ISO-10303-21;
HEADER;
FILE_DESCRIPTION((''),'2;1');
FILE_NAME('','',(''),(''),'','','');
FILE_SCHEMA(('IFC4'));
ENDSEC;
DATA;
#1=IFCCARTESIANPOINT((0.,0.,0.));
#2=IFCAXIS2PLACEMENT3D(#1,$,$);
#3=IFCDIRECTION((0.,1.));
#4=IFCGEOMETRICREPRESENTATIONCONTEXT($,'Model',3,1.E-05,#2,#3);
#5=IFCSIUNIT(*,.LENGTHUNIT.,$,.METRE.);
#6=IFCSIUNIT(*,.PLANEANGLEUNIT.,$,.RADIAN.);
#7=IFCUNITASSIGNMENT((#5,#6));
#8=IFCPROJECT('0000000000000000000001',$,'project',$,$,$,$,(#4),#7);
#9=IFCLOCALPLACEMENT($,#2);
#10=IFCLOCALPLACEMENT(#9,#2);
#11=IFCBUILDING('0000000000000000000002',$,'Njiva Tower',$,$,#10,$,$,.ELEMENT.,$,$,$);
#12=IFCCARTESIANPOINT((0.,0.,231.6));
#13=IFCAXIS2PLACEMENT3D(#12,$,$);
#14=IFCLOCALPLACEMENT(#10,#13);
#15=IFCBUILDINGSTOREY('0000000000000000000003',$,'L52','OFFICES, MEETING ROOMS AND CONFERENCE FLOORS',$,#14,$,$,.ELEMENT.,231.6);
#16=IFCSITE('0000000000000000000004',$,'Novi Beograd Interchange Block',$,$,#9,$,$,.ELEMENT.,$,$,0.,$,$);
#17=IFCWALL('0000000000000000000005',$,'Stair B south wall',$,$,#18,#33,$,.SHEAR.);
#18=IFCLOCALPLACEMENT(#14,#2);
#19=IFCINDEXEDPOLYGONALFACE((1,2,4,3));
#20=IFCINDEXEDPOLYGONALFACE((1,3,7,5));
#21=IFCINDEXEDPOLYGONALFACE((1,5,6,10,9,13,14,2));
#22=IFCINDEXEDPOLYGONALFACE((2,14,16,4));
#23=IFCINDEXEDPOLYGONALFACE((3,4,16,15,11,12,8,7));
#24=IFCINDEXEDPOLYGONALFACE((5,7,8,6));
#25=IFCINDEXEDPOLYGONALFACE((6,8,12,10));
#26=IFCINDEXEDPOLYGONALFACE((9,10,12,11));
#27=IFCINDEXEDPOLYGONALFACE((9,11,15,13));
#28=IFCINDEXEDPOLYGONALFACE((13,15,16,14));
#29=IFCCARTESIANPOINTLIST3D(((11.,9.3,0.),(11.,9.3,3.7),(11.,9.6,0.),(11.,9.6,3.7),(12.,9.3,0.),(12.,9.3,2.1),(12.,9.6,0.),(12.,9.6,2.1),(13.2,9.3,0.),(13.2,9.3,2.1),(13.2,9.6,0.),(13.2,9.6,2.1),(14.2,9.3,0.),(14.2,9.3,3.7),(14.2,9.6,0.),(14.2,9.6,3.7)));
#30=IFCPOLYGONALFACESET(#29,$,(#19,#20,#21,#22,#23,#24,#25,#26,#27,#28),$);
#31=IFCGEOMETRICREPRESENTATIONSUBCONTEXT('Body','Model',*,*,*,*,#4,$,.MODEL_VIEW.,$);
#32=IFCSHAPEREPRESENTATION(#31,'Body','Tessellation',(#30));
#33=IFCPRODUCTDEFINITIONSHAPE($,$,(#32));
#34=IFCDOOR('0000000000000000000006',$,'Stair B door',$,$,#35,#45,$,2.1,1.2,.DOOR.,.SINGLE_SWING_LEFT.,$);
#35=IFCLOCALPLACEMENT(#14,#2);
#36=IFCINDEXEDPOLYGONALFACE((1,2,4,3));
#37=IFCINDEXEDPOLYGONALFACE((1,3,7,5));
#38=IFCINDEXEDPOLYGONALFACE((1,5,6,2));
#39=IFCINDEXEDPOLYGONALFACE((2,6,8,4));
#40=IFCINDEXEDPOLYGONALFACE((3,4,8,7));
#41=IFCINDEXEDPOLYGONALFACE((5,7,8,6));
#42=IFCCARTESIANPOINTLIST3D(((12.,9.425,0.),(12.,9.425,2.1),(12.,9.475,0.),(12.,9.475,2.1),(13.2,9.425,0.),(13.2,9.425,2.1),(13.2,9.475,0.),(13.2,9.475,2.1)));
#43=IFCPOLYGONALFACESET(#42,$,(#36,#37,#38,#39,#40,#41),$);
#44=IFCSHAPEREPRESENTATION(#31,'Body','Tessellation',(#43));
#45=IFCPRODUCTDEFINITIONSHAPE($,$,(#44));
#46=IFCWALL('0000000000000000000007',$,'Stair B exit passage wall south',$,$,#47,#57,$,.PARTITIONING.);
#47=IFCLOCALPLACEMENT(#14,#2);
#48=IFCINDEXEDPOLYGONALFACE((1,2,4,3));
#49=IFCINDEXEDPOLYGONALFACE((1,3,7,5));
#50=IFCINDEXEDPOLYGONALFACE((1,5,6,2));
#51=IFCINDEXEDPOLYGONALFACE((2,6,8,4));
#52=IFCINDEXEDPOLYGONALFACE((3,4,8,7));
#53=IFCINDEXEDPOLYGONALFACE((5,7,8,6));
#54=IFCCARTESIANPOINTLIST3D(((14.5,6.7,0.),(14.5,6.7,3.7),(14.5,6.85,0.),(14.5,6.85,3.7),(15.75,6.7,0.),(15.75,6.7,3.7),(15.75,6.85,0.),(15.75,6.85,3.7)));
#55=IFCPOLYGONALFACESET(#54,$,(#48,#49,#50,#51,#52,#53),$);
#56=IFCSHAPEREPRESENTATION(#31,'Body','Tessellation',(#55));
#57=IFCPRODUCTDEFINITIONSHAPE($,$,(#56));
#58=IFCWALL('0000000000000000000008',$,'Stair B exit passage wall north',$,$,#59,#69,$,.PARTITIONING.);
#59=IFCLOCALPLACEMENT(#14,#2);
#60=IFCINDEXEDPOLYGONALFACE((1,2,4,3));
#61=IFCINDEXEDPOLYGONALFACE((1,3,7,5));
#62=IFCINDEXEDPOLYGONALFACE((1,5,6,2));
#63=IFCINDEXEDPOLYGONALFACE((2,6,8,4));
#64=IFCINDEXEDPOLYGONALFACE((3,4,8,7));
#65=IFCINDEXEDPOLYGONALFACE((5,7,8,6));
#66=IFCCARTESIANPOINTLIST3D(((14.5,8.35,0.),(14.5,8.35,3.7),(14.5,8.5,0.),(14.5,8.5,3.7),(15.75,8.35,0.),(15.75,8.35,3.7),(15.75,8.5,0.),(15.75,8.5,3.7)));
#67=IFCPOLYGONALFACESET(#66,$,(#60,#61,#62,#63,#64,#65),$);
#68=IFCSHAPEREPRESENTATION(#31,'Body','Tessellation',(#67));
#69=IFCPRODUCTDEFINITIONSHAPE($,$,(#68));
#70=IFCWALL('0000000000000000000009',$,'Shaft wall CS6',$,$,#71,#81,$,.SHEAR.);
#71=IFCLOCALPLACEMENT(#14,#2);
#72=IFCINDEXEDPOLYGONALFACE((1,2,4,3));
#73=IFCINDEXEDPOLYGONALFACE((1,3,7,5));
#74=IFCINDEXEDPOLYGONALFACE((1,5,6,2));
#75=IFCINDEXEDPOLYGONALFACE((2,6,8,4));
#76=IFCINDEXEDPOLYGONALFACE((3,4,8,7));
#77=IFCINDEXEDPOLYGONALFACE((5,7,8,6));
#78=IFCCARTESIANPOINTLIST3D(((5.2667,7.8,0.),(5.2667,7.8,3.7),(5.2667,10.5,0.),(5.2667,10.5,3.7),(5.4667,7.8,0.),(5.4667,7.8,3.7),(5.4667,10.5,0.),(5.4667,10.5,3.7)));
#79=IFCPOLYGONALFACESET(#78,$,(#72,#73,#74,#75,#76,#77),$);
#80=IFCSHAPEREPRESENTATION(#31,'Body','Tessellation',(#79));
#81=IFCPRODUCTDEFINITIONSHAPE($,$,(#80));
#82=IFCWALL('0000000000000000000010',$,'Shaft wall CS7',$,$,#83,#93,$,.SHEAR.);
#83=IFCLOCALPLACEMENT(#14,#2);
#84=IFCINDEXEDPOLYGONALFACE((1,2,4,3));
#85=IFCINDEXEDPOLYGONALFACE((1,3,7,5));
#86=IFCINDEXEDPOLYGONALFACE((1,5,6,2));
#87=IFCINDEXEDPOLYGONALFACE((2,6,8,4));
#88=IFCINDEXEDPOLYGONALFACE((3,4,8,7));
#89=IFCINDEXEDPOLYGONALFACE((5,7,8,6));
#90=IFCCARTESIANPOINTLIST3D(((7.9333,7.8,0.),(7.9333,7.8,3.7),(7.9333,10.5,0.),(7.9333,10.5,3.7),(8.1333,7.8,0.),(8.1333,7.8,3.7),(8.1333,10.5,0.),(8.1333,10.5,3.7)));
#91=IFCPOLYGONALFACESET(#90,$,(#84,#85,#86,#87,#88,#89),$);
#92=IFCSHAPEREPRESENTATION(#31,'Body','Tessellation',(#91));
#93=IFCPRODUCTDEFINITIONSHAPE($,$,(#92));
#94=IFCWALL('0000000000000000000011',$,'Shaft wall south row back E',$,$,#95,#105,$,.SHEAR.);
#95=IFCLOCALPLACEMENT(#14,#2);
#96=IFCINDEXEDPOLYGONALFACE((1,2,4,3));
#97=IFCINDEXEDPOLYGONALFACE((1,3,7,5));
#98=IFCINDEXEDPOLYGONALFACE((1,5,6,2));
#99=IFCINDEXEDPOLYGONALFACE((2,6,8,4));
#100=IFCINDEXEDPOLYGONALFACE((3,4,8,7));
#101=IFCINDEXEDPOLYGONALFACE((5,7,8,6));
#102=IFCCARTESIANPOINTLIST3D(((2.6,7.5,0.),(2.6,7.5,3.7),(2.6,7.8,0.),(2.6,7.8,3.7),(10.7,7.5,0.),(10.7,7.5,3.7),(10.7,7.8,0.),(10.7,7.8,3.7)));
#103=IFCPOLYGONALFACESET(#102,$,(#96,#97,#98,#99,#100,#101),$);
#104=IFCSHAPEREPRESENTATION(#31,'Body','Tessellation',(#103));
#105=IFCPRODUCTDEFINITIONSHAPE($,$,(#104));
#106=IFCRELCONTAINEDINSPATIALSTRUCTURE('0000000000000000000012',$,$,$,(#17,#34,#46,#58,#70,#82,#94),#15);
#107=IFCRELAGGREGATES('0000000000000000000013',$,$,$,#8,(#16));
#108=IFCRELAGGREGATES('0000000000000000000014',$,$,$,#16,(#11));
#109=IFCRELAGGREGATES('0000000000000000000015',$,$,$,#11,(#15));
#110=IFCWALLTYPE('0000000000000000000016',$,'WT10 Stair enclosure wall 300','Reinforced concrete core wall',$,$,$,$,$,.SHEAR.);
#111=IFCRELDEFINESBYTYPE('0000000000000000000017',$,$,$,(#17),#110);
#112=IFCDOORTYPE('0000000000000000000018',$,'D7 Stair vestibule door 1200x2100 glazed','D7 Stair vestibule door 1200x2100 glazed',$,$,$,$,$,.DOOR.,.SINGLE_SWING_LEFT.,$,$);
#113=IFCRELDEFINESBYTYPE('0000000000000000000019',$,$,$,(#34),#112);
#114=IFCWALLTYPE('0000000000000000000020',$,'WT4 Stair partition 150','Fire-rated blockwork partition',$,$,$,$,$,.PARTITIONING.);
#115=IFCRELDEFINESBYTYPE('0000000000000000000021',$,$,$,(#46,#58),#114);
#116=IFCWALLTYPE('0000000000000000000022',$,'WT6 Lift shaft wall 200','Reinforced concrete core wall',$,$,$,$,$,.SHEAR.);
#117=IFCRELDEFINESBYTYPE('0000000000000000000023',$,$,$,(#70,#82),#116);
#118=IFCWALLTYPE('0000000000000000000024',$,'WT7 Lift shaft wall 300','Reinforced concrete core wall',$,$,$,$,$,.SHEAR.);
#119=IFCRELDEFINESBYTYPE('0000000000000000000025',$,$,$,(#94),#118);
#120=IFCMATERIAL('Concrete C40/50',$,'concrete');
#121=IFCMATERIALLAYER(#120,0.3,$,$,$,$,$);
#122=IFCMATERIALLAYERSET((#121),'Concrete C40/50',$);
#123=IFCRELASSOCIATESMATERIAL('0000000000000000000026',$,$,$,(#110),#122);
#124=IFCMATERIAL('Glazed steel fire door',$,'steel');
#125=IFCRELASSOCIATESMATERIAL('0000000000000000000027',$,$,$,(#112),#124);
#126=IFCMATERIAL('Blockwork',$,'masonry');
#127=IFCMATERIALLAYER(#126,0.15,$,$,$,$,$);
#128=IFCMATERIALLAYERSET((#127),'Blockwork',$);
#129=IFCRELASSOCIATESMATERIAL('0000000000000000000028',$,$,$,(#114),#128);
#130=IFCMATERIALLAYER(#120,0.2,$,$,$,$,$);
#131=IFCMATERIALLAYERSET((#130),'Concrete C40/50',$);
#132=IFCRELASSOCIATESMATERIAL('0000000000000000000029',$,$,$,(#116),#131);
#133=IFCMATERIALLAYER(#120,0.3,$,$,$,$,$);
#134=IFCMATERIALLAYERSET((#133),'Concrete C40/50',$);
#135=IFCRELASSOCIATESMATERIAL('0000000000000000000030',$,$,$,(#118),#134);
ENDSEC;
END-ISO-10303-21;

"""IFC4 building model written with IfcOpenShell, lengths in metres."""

from ifc_helpers import new_model, si_unit, direction, frame, frame_2d, origin, place, context, subcontext, project, spatial, rectangle, extrude, material, layer, layer_set, type_object, element, fill, save


model = new_model("IFC4")

# Units and contexts
model_context = context("Model", 3, precision=1e-05, world=origin(), true_north=direction((0.0, 1.0)))
body_context = subcontext(model_context, "Body", "Model", "MODEL_VIEW")
ifc_project = project(units=[si_unit("LENGTHUNIT", "METRE"), si_unit("PLANEANGLEUNIT", "RADIAN")], contexts=[model_context])

# Site, building, storey
site_placement = place(None, origin())
site = spatial("IfcSite", under=ifc_project, at=site_placement, Name="Novi Beograd Interchange Block", CompositionType="ELEMENT", RefElevation=0.0)
building_placement = place(site_placement, origin())
building = spatial("IfcBuilding", under=site, at=building_placement, Name="Njiva Tower", CompositionType="ELEMENT")
storey_placement = place(building_placement, frame((0.0, 0.0, 231.6)))
storey = spatial("IfcBuildingStorey", under=building, at=storey_placement, Name="L52", Description="OFFICES, MEETING ROOMS AND CONFERENCE FLOORS", CompositionType="ELEMENT", Elevation=231.6)

# Shared definitions
ifc_material_1 = material(Name="Blockwork", Category="masonry")

# Shared definitions
ifc_material_2 = material(Name="Concrete C40/50", Category="concrete")
ifc_layer_1 = layer(ifc_material_2, 0.3)
ifc_layer_set_1 = layer_set([ifc_layer_1], Name="Concrete C40/50")
wall_type_1 = type_object("IfcWallType", Name="WT10 Stair enclosure wall 300", Description="Reinforced concrete core wall", PredefinedType="SHEAR", material=ifc_layer_set_1)
ifc_material_3 = material(Name="Glazed steel fire door", Category="steel")

# Wall, opening, door
wall_1_placement = place(storey_placement, frame((11.0, 9.45, 0.0), z_axis=(0.0, 0.0, 1.0), x_axis=(1.0, 0.0, 0.0)))
wall_1 = element("IfcWall", 1, at=wall_1_placement, inside=storey, type_object=wall_type_1, Name="Stair B south wall", PredefinedType="SHEAR", context=body_context, shape_type="SweptSolid", body=[
    extrude(rectangle(XDim=3.2, YDim=0.3, at=frame_2d((1.6, 0.0))), origin(), (0.0, 0.0, 1.0), 3.7),
])
opening_1_placement = place(wall_1_placement, frame((1.0, 0.0, 0.0)))
opening_1 = element("IfcOpeningElement", 2, at=opening_1_placement, cuts=wall_1, PredefinedType="OPENING", context=body_context, shape_type="SweptSolid", body=[
    extrude(rectangle(XDim=1.2, YDim=2.1, at=frame_2d((0.6, 1.05))), frame((0.0, 0.16, 0.0), z_axis=(0.0, -1.0, 0.0), x_axis=(1.0, 0.0, 0.0)), (0.0, 0.0, 1.0), 0.32),
])
door_type_1 = type_object("IfcDoorType", Name="D7 Stair vestibule door 1200x2100 glazed", Description="D7 Stair vestibule door 1200x2100 glazed", OperationType="SINGLE_SWING_LEFT", PredefinedType="DOOR", material=ifc_material_3)
door_1_placement = place(opening_1_placement, origin())
door_1 = element("IfcDoor", 3, at=door_1_placement, inside=storey, type_object=door_type_1, Name="Stair B door", OperationType="SINGLE_SWING_LEFT", OverallHeight=2.1, OverallWidth=1.2, PredefinedType="DOOR", context=body_context, shape_type="SweptSolid", body=[
    extrude(rectangle(XDim=1.2, YDim=2.1, at=frame_2d((0.6, 1.05))), frame((0.0, 0.025, 0.0), z_axis=(0.0, -1.0, 0.0), x_axis=(1.0, 0.0, 0.0)), (0.0, 0.0, 1.0), 0.05),
])
fill(opening_1, door_1)

# Walls
ifc_layer_2 = layer(ifc_material_1, 0.15)
ifc_layer_set_2 = layer_set([ifc_layer_2], Name="Blockwork")
wall_type_2 = type_object("IfcWallType", Name="WT4 Stair partition 150", Description="Fire-rated blockwork partition", PredefinedType="PARTITIONING", material=ifc_layer_set_2)
for number, where, z_axis, x_axis, name in (
    (4, (14.5, 6.775, 0.0), (0.0, 0.0, 1.0), (1.0, 0.0, 0.0), "Stair B exit passage wall south"),
    (5, (14.5, 8.425, 0.0), (0.0, 0.0, 1.0), (1.0, 0.0, 0.0), "Stair B exit passage wall north"),
):
    element("IfcWall", number, at=place(storey_placement, frame(where, z_axis=z_axis, x_axis=x_axis)), inside=storey, type_object=wall_type_2, Name=name, PredefinedType="PARTITIONING", context=body_context, shape_type="SweptSolid", body=[
        extrude(rectangle(XDim=1.25, YDim=0.15, at=frame_2d((0.625, 0.0))), origin(), (0.0, 0.0, 1.0), 3.7),
    ])
ifc_layer_3 = layer(ifc_material_2, 0.2)
ifc_layer_set_3 = layer_set([ifc_layer_3], Name="Concrete C40/50")
wall_type_3 = type_object("IfcWallType", Name="WT6 Lift shaft wall 200", Description="Reinforced concrete core wall", PredefinedType="SHEAR", material=ifc_layer_set_3)
for number, where, z_axis, x_axis, name in (
    (6, (5.3667, 7.8, 0.0), (0.0, 0.0, 1.0), (0.0, 1.0, 0.0), "Shaft wall CS6"),
    (7, (8.0333, 7.8, 0.0), (0.0, 0.0, 1.0), (0.0, 1.0, 0.0), "Shaft wall CS7"),
):
    element("IfcWall", number, at=place(storey_placement, frame(where, z_axis=z_axis, x_axis=x_axis)), inside=storey, type_object=wall_type_3, Name=name, PredefinedType="SHEAR", context=body_context, shape_type="SweptSolid", body=[
        extrude(rectangle(XDim=2.7, YDim=0.2, at=frame_2d((1.35, 0.0))), origin(), (0.0, 0.0, 1.0), 3.7),
    ])
ifc_layer_4 = layer(ifc_material_2, 0.3)
ifc_layer_set_4 = layer_set([ifc_layer_4], Name="Concrete C40/50")
wall_type_4 = type_object("IfcWallType", Name="WT7 Lift shaft wall 300", Description="Reinforced concrete core wall", PredefinedType="SHEAR", material=ifc_layer_set_4)
wall_2_placement = place(storey_placement, frame((2.6, 7.65, 0.0), z_axis=(0.0, 0.0, 1.0), x_axis=(1.0, 0.0, 0.0)))
element("IfcWall", 8, at=wall_2_placement, inside=storey, type_object=wall_type_4, Name="Shaft wall south row back E", PredefinedType="SHEAR", context=body_context, shape_type="SweptSolid", body=[
    extrude(rectangle(XDim=8.1, YDim=0.3, at=frame_2d((4.05, 0.0))), origin(), (0.0, 0.0, 1.0), 3.7),
])

save(model, "model.ifc")
